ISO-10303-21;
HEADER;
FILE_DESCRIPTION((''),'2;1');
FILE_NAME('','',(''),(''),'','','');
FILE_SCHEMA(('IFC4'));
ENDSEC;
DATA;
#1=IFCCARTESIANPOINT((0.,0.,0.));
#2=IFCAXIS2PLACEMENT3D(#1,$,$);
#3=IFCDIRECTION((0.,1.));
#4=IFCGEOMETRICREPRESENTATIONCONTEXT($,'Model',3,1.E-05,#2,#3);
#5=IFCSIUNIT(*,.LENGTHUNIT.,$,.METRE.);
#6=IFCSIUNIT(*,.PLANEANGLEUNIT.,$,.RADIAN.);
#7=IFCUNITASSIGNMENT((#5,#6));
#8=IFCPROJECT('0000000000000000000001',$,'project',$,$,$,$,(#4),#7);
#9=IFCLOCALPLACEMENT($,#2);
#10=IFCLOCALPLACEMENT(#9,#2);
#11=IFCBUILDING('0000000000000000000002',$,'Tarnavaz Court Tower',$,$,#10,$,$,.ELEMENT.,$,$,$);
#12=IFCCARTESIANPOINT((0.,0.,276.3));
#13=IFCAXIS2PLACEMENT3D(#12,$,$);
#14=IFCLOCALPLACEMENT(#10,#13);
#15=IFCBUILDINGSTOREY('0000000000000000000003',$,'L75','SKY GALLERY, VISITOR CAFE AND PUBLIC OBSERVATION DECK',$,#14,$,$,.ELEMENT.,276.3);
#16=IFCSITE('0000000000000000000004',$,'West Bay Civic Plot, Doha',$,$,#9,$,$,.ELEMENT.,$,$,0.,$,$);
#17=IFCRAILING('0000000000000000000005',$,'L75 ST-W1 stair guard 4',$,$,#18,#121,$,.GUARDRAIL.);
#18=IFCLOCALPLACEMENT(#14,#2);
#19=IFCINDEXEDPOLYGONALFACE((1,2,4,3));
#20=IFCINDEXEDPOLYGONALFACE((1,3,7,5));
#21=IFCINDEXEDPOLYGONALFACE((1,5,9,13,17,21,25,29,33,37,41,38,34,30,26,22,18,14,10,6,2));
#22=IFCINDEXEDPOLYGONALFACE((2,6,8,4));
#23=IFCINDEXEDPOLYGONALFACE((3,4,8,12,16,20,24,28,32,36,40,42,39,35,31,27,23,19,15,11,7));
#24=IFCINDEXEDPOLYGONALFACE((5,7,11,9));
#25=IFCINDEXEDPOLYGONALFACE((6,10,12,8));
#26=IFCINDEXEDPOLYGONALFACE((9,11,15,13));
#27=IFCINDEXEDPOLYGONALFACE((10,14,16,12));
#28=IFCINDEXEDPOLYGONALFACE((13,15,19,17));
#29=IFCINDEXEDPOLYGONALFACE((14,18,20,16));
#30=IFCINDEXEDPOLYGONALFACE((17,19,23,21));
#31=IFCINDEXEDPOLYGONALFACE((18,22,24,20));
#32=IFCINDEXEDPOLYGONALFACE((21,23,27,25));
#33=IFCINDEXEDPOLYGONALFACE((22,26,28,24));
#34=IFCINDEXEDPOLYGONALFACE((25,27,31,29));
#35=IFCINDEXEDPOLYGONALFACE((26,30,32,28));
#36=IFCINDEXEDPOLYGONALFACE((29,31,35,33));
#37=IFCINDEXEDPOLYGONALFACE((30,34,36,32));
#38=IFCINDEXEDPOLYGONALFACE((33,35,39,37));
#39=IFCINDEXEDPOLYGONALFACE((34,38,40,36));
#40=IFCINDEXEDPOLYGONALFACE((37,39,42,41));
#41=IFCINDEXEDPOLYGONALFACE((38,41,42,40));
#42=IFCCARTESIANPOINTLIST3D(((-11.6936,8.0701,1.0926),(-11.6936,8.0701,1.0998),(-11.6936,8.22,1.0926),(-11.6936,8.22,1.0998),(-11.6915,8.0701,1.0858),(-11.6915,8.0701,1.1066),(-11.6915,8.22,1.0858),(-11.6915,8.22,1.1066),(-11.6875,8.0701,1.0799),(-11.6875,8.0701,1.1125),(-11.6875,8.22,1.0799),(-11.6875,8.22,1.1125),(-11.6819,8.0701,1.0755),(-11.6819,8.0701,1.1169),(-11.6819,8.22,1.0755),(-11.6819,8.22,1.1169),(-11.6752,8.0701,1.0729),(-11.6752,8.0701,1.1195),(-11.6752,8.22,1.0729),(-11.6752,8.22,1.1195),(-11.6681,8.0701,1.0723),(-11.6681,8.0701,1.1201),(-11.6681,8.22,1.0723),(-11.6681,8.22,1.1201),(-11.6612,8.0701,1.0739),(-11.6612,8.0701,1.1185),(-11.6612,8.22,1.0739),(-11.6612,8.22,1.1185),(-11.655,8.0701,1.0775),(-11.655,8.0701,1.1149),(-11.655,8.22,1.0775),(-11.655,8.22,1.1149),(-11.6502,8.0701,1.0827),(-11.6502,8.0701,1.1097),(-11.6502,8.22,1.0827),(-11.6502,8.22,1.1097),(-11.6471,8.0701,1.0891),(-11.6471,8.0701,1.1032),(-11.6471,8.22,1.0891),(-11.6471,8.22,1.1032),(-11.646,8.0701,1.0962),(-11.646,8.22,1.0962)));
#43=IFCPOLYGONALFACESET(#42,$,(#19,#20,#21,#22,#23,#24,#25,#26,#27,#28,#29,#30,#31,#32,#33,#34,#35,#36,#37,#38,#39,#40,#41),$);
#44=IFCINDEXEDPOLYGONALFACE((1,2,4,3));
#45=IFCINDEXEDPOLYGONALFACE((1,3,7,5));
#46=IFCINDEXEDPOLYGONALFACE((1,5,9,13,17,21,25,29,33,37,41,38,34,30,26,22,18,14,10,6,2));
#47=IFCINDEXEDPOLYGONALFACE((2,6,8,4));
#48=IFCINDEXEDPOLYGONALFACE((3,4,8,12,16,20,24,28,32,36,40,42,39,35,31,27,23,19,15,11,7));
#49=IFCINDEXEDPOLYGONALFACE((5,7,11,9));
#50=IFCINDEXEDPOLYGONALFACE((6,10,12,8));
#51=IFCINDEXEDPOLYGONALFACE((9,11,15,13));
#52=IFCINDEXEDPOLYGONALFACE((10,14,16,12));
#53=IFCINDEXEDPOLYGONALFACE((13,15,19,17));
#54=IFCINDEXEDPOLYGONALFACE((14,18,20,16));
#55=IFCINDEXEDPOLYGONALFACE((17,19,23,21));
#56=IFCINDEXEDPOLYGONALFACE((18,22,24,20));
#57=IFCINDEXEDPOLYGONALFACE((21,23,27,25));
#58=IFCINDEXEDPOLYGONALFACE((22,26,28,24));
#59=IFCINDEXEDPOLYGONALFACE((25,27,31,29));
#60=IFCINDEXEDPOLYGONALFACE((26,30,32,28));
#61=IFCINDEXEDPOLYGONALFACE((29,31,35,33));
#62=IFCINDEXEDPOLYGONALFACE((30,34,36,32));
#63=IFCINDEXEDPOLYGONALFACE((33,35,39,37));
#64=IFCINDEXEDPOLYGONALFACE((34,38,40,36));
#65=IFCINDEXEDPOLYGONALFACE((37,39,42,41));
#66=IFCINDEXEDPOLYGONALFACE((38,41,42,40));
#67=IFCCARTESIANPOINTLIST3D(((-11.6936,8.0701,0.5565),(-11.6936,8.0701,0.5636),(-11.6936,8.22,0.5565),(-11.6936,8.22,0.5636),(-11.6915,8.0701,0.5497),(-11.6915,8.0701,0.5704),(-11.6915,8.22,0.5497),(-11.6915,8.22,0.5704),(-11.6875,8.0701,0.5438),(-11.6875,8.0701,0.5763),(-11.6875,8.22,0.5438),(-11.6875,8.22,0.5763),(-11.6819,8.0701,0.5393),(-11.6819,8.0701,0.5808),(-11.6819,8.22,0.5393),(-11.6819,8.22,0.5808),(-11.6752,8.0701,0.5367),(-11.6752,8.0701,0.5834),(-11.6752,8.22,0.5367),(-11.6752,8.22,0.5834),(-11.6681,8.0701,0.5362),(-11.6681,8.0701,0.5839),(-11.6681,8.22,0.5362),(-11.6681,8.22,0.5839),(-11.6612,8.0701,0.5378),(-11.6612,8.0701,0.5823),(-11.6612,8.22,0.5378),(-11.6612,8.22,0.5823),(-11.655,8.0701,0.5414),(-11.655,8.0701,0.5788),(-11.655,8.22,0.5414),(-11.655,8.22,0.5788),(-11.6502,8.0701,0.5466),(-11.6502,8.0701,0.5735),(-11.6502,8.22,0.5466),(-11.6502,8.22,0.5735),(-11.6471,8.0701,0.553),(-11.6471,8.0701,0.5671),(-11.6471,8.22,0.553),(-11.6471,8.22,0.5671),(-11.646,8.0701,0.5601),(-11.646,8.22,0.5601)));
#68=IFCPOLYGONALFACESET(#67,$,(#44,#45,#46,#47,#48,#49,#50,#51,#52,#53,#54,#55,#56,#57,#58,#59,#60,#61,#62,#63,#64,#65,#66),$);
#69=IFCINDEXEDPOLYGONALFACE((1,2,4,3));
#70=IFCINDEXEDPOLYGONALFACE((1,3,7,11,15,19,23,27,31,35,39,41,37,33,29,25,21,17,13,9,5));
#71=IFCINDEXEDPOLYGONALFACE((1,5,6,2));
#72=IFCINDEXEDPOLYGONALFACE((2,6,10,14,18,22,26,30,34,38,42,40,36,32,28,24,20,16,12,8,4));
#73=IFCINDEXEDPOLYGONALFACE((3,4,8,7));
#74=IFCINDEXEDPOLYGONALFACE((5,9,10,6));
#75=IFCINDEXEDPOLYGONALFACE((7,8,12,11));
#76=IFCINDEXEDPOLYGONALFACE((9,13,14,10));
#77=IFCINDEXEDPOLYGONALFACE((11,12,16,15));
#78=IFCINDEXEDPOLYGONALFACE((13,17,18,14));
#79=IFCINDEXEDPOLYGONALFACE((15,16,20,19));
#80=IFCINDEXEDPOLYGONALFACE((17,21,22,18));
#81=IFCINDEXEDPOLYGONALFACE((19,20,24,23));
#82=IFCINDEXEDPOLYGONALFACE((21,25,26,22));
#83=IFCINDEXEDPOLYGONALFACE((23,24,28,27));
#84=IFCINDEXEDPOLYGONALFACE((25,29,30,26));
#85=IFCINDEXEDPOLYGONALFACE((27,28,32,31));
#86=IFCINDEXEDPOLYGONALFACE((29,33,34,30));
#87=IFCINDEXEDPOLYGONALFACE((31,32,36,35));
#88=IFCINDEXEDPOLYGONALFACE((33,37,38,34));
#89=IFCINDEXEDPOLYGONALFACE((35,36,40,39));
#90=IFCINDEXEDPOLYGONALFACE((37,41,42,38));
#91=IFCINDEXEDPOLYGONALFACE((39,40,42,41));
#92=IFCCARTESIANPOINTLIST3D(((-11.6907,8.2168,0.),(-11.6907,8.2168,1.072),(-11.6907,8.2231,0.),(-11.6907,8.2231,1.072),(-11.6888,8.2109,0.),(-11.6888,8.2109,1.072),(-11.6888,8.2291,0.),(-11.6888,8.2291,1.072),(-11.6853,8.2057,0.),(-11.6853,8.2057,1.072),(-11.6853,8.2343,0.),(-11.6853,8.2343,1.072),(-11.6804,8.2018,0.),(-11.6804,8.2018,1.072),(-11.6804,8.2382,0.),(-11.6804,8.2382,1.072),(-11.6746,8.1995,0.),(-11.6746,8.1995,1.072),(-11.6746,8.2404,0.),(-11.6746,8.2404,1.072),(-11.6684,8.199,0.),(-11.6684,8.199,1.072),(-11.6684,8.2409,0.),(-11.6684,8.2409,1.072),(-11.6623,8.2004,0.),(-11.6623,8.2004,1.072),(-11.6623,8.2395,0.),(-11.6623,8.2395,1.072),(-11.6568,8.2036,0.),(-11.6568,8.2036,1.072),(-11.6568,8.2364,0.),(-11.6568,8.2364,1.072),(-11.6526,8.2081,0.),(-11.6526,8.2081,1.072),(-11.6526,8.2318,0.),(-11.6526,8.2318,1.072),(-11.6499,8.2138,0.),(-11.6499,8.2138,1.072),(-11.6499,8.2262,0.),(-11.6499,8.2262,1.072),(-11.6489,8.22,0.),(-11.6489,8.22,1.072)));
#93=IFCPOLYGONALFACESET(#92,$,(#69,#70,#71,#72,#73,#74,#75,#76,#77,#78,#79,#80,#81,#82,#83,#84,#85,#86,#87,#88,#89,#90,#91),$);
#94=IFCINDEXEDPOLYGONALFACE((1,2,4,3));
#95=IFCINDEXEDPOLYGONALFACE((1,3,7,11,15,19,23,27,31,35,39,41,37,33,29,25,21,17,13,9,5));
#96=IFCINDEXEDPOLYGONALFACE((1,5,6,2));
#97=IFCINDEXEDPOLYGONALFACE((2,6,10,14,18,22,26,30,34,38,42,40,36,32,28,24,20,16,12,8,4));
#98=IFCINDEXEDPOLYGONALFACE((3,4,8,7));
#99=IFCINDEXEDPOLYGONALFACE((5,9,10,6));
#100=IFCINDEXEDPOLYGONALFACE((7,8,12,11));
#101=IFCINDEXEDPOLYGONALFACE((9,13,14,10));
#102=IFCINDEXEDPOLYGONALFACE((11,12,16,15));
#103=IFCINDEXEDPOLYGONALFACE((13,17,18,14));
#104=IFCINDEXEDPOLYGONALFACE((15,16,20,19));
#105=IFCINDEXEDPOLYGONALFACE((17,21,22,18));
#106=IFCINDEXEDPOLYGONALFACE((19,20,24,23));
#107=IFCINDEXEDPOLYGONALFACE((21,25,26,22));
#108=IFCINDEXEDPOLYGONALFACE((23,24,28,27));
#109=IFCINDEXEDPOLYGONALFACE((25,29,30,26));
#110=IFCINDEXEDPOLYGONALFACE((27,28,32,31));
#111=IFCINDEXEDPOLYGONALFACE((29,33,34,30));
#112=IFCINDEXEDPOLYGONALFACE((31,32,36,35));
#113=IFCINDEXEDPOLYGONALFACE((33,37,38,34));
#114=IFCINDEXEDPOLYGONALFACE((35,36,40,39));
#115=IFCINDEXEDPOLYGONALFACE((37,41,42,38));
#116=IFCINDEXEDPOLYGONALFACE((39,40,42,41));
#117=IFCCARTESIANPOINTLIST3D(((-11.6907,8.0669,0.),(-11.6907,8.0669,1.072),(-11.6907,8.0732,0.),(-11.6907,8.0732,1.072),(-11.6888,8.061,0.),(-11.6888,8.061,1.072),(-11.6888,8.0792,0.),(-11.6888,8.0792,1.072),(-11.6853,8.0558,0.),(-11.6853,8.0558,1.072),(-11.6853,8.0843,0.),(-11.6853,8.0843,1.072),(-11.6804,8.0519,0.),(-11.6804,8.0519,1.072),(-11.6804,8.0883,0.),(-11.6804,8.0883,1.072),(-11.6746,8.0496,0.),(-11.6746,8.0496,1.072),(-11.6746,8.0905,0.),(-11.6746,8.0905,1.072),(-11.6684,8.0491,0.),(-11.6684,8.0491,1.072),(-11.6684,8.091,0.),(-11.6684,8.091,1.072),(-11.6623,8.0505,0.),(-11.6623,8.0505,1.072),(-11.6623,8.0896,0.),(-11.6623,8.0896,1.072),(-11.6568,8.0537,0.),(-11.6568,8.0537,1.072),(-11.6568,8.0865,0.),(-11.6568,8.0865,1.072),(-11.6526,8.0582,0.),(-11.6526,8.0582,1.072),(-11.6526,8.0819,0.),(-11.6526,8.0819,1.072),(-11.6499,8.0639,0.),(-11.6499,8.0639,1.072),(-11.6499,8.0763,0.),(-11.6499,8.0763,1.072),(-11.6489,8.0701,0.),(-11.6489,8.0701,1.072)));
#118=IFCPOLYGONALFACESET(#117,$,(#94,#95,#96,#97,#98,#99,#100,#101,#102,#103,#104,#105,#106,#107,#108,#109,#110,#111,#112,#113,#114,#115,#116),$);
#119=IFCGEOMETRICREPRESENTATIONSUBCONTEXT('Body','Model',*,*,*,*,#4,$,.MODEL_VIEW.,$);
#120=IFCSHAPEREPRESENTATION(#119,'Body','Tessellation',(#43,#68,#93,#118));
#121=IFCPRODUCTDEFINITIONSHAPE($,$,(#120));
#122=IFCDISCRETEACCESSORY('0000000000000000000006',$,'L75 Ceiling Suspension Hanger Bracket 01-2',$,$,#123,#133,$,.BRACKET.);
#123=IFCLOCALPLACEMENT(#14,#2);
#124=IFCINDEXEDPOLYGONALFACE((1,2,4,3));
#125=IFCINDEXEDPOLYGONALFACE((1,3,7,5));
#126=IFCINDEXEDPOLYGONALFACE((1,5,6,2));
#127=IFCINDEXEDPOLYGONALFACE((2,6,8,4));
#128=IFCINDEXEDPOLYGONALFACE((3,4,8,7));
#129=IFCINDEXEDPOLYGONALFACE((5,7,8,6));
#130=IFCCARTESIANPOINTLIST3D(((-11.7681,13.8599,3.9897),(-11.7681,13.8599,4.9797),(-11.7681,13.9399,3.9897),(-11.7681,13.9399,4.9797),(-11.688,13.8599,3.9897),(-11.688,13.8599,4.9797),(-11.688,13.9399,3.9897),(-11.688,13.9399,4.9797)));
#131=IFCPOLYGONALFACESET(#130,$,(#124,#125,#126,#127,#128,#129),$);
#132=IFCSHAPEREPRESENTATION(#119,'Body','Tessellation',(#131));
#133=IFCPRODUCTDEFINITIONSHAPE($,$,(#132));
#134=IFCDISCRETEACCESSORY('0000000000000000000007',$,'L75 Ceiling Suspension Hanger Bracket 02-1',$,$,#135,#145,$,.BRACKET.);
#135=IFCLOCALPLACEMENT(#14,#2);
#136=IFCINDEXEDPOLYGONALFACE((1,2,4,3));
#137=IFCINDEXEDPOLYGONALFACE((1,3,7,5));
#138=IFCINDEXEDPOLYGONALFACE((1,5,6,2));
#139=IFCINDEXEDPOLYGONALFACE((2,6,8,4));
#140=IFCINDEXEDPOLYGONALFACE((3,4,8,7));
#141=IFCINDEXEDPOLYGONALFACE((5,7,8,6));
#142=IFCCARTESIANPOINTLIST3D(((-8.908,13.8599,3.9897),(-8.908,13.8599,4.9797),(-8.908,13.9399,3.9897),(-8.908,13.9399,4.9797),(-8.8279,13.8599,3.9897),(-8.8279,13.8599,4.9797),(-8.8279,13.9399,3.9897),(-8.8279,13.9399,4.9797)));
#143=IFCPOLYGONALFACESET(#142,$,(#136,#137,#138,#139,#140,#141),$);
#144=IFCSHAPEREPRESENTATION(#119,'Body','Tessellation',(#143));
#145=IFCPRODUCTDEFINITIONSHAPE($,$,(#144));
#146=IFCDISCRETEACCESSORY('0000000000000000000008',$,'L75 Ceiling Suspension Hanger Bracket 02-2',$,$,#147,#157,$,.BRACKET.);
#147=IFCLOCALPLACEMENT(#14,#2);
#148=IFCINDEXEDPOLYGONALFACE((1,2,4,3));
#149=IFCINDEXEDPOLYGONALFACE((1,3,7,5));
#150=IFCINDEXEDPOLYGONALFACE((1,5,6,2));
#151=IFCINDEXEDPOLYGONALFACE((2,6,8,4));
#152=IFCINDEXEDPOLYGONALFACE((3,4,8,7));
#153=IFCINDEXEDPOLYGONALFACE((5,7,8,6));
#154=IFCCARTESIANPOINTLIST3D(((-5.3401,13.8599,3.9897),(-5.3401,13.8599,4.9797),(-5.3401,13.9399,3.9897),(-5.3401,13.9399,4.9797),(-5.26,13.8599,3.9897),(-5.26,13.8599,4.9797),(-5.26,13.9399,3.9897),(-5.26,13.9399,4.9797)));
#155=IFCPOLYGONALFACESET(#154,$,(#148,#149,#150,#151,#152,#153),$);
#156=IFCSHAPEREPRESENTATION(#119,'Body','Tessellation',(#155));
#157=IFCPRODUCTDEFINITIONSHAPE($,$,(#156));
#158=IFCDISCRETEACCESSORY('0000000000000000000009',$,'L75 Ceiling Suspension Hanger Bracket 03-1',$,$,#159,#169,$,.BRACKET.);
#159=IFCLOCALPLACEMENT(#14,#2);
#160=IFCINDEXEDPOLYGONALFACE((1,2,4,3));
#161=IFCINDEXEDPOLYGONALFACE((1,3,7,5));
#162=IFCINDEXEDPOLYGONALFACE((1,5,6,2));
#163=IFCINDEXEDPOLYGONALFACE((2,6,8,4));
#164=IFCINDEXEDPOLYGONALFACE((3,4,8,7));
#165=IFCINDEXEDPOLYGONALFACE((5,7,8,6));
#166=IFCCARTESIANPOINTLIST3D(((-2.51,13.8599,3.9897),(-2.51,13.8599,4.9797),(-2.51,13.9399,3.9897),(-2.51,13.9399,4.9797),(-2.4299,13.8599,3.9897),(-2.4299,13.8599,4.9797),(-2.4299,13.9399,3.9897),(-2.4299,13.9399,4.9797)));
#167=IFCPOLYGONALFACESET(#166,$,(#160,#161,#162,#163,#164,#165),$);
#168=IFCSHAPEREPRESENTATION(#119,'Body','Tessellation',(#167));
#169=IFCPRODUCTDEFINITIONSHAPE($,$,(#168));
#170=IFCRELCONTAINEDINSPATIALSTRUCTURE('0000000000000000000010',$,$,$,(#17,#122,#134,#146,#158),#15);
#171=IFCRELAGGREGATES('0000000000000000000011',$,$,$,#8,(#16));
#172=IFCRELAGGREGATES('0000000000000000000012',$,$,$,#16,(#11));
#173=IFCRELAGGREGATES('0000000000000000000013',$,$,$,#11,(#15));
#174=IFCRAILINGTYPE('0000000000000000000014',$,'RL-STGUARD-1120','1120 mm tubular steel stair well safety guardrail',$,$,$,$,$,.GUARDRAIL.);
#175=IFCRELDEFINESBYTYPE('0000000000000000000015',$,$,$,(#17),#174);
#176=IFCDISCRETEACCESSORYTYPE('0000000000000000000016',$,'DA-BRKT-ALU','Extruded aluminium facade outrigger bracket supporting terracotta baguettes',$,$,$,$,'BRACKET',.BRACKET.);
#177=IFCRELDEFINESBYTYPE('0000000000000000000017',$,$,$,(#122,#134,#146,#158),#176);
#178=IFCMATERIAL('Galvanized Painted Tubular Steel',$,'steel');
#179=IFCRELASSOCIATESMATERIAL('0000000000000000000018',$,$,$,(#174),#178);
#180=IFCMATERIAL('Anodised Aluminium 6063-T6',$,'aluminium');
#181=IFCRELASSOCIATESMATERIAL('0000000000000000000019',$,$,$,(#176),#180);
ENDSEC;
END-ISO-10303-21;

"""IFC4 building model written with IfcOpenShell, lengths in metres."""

from ifc_helpers import new_model, si_unit, direction, frame, origin, origin_2d, place, context, subcontext, project, spatial, rectangle, circle, extrude, material, type_object, element, save


model = new_model("IFC4")

# Units and contexts
model_context = context("Model", 3, precision=1e-05, world=origin(), true_north=direction((0.0, 1.0)))
body_context = subcontext(model_context, "Body", "Model", "MODEL_VIEW")
ifc_project = project(units=[si_unit("LENGTHUNIT", "METRE"), si_unit("PLANEANGLEUNIT", "RADIAN")], contexts=[model_context])

# Site, building, storey
site_placement = place(None, origin())
site = spatial("IfcSite", under=ifc_project, at=site_placement, Name="West Bay Civic Plot, Doha", CompositionType="ELEMENT", RefElevation=0.0)
building_placement = place(site_placement, origin())
building = spatial("IfcBuilding", under=site, at=building_placement, Name="Tarnavaz Court Tower", CompositionType="ELEMENT")
storey_placement = place(building_placement, frame((0.0, 0.0, 276.3)))
storey = spatial("IfcBuildingStorey", under=building, at=storey_placement, Name="L75", Description="SKY GALLERY, VISITOR CAFE AND PUBLIC OBSERVATION DECK", CompositionType="ELEMENT", Elevation=276.3)

# Railing
ifc_material_1 = material(Name="Galvanized Painted Tubular Steel", Category="steel")
railing_type_1 = type_object("IfcRailingType", Name="RL-STGUARD-1120", Description="1120 mm tubular steel stair well safety guardrail", PredefinedType="GUARDRAIL", material=ifc_material_1)
railing_1_placement = place(storey_placement, frame((-11.6699, 8.22, 0.0)))
element("IfcRailing", 1, at=railing_1_placement, inside=storey, type_object=railing_type_1, Name="L75 ST-W1 stair guard 4", PredefinedType="GUARDRAIL", context=body_context, shape_type="SweptSolid", body=[
    extrude(circle(Radius=0.0239, at=origin_2d()), frame((0.0, 0.0, 1.0962), z_axis=(0.0, -1.0, 0.0), x_axis=(1.0, 0.0, 0.0)), (0.0, 0.0, 1.0), 0.1499),
    extrude(circle(Radius=0.0239, at=origin_2d()), frame((0.0, 0.0, 0.5601), z_axis=(0.0, -1.0, 0.0), x_axis=(1.0, 0.0, 0.0)), (0.0, 0.0, 1.0), 0.1499),
    extrude(circle(Radius=0.021, at=origin_2d()), origin(), (0.0, 0.0, 1.0), 1.072),
    extrude(circle(Radius=0.021, at=origin_2d()), frame((0.0, -0.1499, 0.0)), (0.0, 0.0, 1.0), 1.072),
])

# Discrete accessories
ifc_material_2 = material(Name="Anodised Aluminium 6063-T6", Category="aluminium")
discrete_accessory_type = type_object("IfcDiscreteAccessoryType", Name="DA-BRKT-ALU", Description="Extruded aluminium facade outrigger bracket supporting terracotta baguettes", ElementType="BRACKET", PredefinedType="BRACKET", material=ifc_material_2)
for number, where, z_axis, x_axis, name in (
    (2, (-11.728, 13.8999, 3.9897), (0.0, 0.0, 1.0), (1.0, 0.0, 0.0), "L75 Ceiling Suspension Hanger Bracket 01-2"),
    (3, (-8.8679, 13.8999, 3.9897), (0.0, 0.0, 1.0), (1.0, 0.0, 0.0), "L75 Ceiling Suspension Hanger Bracket 02-1"),
    (4, (-5.3, 13.8999, 3.9897), (0.0, 0.0, 1.0), (1.0, 0.0, 0.0), "L75 Ceiling Suspension Hanger Bracket 02-2"),
    (5, (-2.47, 13.8999, 3.9897), (0.0, 0.0, 1.0), (1.0, 0.0, 0.0), "L75 Ceiling Suspension Hanger Bracket 03-1"),
):
    element("IfcDiscreteAccessory", number, at=place(storey_placement, frame(where, z_axis=z_axis, x_axis=x_axis)), inside=storey, type_object=discrete_accessory_type, Name=name, PredefinedType="BRACKET", context=body_context, shape_type="SweptSolid", body=[
        extrude(rectangle(XDim=0.0801, YDim=0.0801, at=origin_2d()), origin(), (0.0, 0.0, 1.0), 0.99),
    ])

save(model, "model.ifc")
